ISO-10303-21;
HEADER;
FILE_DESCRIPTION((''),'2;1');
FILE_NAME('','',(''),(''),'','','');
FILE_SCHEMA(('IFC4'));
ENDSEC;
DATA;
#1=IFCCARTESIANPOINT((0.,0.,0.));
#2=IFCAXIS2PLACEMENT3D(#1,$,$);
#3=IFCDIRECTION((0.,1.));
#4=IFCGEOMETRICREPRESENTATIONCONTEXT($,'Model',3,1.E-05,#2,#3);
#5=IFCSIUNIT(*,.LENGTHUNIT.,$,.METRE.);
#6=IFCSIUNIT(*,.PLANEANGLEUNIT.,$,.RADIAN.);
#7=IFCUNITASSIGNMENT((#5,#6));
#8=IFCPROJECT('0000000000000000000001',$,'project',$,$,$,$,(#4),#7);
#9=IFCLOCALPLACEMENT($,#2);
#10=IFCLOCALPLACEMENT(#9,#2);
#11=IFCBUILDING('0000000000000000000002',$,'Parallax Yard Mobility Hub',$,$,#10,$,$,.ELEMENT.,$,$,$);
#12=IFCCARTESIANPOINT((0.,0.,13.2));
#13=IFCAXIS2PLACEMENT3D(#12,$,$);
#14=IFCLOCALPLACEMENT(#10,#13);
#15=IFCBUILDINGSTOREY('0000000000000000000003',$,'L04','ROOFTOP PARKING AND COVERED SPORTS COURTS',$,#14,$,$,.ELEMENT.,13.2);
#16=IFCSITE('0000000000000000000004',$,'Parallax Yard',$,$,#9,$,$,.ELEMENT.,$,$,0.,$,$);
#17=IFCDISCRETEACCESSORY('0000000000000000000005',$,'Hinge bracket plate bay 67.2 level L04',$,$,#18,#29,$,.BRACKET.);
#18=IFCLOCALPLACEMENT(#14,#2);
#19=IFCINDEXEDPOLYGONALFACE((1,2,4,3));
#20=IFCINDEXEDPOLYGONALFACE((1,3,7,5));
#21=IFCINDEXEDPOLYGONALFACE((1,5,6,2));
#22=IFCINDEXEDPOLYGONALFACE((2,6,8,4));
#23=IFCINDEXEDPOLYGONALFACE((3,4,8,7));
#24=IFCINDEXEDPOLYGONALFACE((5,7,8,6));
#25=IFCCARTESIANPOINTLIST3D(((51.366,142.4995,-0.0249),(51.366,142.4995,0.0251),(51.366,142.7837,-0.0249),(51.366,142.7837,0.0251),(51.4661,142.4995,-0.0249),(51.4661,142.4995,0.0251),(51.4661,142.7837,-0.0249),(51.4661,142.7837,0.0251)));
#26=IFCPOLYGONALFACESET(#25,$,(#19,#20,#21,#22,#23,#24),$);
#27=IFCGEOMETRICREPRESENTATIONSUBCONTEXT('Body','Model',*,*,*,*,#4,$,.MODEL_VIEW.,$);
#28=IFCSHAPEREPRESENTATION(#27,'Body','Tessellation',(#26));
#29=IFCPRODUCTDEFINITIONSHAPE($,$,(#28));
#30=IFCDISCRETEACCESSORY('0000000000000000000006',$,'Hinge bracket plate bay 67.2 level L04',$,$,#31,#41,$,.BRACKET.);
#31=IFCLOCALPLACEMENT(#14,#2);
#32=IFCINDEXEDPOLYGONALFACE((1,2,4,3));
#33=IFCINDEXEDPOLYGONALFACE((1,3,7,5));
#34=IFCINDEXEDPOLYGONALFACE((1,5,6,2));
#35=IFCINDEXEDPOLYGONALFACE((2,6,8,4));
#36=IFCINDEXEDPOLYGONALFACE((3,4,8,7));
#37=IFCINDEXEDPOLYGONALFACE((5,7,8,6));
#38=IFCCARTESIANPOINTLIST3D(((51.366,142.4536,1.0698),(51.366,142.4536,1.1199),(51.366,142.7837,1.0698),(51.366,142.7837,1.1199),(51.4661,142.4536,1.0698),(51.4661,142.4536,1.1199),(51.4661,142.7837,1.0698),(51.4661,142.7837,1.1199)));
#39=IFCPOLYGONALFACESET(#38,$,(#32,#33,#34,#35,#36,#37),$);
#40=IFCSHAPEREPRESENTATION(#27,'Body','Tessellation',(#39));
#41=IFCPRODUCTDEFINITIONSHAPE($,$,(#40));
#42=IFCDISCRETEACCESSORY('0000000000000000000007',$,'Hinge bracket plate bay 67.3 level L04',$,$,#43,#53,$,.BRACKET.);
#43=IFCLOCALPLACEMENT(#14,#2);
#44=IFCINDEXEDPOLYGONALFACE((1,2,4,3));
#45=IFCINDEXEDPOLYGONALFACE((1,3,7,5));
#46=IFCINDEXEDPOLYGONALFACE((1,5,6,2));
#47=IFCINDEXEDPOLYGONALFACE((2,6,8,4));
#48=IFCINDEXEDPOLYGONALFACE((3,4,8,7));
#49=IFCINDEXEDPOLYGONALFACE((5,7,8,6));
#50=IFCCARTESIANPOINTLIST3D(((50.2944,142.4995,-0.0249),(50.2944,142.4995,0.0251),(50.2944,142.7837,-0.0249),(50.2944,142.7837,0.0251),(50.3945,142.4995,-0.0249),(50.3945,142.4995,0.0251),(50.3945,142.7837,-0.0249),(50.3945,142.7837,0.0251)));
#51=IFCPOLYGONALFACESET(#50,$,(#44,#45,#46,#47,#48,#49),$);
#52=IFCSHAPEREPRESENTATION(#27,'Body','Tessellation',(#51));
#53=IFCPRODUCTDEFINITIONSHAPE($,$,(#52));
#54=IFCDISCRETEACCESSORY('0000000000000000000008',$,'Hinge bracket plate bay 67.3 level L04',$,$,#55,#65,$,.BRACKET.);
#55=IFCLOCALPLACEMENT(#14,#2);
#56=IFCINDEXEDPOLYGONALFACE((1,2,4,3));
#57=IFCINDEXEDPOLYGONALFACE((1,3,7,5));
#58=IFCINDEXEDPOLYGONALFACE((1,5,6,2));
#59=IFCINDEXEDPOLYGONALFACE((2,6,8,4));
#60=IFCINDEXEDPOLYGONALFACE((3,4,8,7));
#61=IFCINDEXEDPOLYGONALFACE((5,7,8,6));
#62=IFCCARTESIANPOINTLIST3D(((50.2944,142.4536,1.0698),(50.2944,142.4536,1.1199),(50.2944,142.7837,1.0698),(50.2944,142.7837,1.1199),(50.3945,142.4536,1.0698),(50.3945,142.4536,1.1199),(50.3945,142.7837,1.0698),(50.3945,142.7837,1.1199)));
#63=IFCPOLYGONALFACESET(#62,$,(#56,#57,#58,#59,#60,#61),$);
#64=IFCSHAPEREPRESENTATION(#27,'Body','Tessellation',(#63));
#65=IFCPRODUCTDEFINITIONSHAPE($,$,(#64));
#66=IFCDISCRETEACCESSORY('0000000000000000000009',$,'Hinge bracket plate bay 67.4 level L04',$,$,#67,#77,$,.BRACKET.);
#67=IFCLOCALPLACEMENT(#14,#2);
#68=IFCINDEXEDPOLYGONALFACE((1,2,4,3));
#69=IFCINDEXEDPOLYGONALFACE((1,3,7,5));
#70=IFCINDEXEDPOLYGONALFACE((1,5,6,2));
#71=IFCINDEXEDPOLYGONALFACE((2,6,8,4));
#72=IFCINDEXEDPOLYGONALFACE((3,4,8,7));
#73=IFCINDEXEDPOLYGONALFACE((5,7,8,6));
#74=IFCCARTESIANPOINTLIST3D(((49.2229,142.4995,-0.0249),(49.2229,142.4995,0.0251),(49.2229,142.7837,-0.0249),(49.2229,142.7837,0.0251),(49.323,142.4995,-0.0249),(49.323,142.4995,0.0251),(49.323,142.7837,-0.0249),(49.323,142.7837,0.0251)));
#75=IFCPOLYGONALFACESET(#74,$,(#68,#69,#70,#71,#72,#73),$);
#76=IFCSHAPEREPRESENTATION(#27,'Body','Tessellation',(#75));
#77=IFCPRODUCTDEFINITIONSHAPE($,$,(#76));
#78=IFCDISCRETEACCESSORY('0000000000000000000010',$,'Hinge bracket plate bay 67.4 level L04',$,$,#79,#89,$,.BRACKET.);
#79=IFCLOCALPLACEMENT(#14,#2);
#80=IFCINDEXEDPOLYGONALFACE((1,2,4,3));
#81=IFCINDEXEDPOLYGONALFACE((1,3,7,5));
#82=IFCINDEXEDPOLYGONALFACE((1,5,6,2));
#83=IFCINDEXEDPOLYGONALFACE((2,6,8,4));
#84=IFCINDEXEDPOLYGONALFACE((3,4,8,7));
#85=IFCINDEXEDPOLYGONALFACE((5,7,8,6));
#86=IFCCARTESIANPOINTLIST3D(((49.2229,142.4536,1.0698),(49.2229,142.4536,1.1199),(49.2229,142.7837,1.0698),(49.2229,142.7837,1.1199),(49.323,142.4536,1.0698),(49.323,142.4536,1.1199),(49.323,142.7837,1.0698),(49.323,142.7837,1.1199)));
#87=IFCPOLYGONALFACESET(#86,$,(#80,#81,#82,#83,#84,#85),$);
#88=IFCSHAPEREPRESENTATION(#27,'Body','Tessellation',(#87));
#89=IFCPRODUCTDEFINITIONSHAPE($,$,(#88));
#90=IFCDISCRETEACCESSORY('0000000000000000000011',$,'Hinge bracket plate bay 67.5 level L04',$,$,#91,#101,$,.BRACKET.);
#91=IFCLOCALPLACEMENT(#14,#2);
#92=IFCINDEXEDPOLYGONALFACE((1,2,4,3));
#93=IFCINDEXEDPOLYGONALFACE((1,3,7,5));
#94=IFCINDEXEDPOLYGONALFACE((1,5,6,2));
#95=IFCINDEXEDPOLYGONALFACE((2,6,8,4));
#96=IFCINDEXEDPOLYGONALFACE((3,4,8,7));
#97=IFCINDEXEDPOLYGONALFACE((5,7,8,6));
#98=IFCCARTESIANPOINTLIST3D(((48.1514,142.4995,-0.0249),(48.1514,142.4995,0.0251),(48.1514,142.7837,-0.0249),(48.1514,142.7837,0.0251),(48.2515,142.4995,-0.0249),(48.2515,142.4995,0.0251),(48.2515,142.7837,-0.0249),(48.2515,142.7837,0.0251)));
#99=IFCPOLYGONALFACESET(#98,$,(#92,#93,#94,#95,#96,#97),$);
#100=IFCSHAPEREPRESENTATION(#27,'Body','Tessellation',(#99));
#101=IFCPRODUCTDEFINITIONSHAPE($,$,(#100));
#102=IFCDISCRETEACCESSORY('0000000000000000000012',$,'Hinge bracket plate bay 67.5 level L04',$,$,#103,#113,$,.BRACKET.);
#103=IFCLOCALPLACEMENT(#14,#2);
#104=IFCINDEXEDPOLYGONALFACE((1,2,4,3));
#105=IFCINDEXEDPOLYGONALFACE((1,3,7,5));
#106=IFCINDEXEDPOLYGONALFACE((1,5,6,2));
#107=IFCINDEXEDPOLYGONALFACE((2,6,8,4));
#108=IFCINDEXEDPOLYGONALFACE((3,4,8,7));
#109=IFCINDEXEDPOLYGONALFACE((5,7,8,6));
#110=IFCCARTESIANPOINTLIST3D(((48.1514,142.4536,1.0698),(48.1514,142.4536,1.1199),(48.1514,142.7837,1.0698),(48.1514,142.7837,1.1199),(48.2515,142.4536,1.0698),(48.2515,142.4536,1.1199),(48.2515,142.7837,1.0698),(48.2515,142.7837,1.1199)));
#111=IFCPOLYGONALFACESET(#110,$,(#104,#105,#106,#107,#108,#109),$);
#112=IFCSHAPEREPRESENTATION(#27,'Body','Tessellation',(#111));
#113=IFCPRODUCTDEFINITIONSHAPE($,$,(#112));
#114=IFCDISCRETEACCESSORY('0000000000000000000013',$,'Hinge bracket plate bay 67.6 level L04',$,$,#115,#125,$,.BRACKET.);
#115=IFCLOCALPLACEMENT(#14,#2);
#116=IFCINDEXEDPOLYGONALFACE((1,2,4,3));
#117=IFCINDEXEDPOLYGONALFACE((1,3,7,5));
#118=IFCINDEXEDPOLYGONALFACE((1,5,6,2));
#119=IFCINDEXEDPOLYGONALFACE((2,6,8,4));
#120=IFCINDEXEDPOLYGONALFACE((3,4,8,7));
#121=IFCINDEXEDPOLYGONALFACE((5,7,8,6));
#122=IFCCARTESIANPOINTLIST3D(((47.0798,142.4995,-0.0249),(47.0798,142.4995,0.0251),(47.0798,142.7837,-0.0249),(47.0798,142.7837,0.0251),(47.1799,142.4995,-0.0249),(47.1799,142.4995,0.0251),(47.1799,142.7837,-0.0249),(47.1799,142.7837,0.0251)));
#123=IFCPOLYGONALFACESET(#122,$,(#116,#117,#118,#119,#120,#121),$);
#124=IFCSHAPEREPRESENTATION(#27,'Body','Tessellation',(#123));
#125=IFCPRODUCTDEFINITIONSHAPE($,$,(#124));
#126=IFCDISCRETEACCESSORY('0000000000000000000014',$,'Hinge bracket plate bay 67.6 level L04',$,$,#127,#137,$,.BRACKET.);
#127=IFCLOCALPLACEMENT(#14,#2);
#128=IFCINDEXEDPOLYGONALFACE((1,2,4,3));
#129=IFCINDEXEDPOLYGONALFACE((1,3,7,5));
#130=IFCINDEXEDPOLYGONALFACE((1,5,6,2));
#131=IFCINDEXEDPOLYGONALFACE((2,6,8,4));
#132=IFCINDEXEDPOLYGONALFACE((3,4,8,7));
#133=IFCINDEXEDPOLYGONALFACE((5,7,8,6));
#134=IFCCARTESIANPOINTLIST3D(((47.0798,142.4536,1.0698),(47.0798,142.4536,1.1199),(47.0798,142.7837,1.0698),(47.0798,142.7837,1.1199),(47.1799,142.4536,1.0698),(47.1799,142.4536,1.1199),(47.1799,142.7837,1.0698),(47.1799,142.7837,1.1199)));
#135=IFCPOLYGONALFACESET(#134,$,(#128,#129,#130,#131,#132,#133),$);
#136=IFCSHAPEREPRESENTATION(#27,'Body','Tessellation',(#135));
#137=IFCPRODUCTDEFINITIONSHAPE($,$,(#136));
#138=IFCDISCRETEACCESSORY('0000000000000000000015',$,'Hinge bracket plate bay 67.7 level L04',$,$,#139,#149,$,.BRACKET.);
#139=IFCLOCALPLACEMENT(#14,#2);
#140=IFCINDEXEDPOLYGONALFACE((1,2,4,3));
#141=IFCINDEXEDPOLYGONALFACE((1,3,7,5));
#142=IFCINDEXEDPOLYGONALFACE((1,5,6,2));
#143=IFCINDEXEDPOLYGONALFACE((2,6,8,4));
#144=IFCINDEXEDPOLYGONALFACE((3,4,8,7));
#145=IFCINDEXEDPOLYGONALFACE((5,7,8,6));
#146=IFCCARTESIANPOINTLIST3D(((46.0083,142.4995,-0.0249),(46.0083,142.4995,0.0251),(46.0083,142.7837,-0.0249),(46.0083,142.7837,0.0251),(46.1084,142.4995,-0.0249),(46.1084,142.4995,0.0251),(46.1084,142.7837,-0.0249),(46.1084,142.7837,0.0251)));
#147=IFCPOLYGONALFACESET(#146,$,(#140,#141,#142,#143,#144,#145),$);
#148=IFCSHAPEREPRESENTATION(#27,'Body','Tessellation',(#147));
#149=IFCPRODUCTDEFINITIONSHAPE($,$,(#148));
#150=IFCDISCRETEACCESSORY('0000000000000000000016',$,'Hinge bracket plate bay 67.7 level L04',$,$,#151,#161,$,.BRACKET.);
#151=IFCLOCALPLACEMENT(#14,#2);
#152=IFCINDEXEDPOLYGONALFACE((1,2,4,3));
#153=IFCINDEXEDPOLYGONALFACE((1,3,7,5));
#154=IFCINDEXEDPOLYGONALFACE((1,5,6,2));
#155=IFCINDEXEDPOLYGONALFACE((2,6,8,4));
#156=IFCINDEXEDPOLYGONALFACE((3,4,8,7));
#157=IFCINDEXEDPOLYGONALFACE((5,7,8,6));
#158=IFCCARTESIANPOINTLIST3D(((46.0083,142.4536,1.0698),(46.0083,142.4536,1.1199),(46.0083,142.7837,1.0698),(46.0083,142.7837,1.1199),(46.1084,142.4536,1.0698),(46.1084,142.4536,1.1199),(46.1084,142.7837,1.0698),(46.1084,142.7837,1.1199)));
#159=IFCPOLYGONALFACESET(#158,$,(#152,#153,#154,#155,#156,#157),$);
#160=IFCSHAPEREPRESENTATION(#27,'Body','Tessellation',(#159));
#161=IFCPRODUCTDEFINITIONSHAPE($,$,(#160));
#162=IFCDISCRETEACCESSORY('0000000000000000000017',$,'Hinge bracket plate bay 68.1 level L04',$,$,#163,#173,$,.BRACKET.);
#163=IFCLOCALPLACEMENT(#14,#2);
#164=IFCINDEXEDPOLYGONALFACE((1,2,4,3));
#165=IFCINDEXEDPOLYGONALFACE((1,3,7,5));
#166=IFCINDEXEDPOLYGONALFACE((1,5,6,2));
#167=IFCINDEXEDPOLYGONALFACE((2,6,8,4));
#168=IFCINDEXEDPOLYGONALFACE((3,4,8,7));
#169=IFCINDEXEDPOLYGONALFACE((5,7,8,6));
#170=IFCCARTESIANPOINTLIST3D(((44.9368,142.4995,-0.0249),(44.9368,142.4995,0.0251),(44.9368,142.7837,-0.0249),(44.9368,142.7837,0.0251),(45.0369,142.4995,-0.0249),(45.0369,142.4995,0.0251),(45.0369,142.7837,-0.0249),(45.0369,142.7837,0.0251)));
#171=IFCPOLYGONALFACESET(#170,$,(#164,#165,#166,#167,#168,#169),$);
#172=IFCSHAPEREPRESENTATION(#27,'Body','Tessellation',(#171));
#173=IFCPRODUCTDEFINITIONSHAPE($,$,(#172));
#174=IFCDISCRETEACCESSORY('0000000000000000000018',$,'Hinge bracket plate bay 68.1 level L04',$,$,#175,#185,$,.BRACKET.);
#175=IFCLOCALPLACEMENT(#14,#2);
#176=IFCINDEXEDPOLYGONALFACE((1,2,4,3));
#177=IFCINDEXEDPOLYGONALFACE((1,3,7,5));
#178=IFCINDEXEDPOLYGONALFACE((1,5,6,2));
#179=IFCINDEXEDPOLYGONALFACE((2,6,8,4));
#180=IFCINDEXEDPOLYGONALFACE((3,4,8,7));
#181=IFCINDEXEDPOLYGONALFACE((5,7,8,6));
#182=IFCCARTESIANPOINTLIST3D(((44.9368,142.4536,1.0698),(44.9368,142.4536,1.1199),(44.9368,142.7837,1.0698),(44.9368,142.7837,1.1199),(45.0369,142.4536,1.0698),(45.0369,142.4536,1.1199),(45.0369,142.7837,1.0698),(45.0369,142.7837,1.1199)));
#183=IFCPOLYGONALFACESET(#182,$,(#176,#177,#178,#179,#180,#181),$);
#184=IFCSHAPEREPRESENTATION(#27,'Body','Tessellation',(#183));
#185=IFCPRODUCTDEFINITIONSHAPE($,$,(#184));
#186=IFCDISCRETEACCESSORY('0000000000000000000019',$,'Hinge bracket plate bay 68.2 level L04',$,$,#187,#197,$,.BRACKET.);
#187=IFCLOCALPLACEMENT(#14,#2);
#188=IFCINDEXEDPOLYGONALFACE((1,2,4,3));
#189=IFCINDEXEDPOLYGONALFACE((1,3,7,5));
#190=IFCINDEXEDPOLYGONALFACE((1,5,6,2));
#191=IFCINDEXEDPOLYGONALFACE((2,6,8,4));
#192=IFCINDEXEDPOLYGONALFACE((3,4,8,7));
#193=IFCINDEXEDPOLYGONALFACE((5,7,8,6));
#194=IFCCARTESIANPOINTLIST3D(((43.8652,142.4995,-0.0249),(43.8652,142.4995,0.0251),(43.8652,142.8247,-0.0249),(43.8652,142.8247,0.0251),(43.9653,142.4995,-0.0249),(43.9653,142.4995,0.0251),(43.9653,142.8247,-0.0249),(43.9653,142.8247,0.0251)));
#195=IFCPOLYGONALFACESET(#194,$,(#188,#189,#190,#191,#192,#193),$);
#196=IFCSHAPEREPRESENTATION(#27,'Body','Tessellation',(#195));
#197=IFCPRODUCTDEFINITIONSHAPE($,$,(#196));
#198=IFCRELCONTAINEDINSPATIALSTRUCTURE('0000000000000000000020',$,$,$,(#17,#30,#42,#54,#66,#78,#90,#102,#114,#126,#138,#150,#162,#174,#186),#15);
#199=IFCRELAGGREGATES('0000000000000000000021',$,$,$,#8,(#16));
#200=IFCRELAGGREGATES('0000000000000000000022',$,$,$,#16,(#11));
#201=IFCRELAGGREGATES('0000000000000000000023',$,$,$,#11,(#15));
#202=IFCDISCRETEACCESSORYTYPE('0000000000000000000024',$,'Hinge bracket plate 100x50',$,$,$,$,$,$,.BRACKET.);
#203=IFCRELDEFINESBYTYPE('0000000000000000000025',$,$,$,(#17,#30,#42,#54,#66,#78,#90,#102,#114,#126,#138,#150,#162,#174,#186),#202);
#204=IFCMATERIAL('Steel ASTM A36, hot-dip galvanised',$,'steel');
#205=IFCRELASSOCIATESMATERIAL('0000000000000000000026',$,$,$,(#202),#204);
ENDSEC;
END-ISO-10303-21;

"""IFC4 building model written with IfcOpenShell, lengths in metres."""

from ifc_helpers import new_model, si_unit, direction, frame, origin, origin_2d, place, context, subcontext, project, spatial, rectangle, extrude, material, type_object, element, save


model = new_model("IFC4")

# Units and contexts
model_context = context("Model", 3, precision=1e-05, world=origin(), true_north=direction((0.0, 1.0)))
body_context = subcontext(model_context, "Body", "Model", "MODEL_VIEW")
ifc_project = project(units=[si_unit("LENGTHUNIT", "METRE"), si_unit("PLANEANGLEUNIT", "RADIAN")], contexts=[model_context])

# Site, building, storey
site_placement = place(None, origin())
site = spatial("IfcSite", under=ifc_project, at=site_placement, Name="Parallax Yard", CompositionType="ELEMENT", RefElevation=0.0)
building_placement = place(site_placement, origin())
building = spatial("IfcBuilding", under=site, at=building_placement, Name="Parallax Yard Mobility Hub", CompositionType="ELEMENT")
storey_placement = place(building_placement, frame((0.0, 0.0, 13.2)))
storey = spatial("IfcBuildingStorey", under=building, at=storey_placement, Name="L04", Description="ROOFTOP PARKING AND COVERED SPORTS COURTS", CompositionType="ELEMENT", Elevation=13.2)

# Discrete accessories
ifc_material_1 = material(Name="Steel ASTM A36, hot-dip galvanised", Category="steel")
discrete_accessory_type_1 = type_object("IfcDiscreteAccessoryType", Name="Hinge bracket plate 100x50", PredefinedType="BRACKET", material=ifc_material_1)
discrete_accessory_1_placement = place(storey_placement, frame((51.416, 142.6416, -0.0249), z_axis=(0.0, 0.0, 1.0), x_axis=(0.0, 1.0, 0.0)))
element("IfcDiscreteAccessory", 1, at=discrete_accessory_1_placement, inside=storey, type_object=discrete_accessory_type_1, Name="Hinge bracket plate bay 67.2 level L04", PredefinedType="BRACKET", context=body_context, shape_type="SweptSolid", body=[
    extrude(rectangle(XDim=0.2842, YDim=0.1001, at=origin_2d()), origin(), (0.0, 0.0, 1.0), 0.05),
])
discrete_accessory_2_placement = place(storey_placement, frame((51.416, 142.6187, 1.0698), z_axis=(0.0, 0.0, 1.0), x_axis=(0.0, 1.0, 0.0)))
element("IfcDiscreteAccessory", 2, at=discrete_accessory_2_placement, inside=storey, type_object=discrete_accessory_type_1, Name="Hinge bracket plate bay 67.2 level L04", PredefinedType="BRACKET", context=body_context, shape_type="SweptSolid", body=[
    extrude(rectangle(XDim=0.3301, YDim=0.1001, at=origin_2d()), origin(), (0.0, 0.0, 1.0), 0.05),
])
discrete_accessory_3_placement = place(storey_placement, frame((50.3445, 142.6416, -0.0249), z_axis=(0.0, 0.0, 1.0), x_axis=(0.0, 1.0, 0.0)))
element("IfcDiscreteAccessory", 3, at=discrete_accessory_3_placement, inside=storey, type_object=discrete_accessory_type_1, Name="Hinge bracket plate bay 67.3 level L04", PredefinedType="BRACKET", context=body_context, shape_type="SweptSolid", body=[
    extrude(rectangle(XDim=0.2842, YDim=0.1001, at=origin_2d()), origin(), (0.0, 0.0, 1.0), 0.05),
])
discrete_accessory_4_placement = place(storey_placement, frame((50.3445, 142.6187, 1.0698), z_axis=(0.0, 0.0, 1.0), x_axis=(0.0, 1.0, 0.0)))
element("IfcDiscreteAccessory", 4, at=discrete_accessory_4_placement, inside=storey, type_object=discrete_accessory_type_1, Name="Hinge bracket plate bay 67.3 level L04", PredefinedType="BRACKET", context=body_context, shape_type="SweptSolid", body=[
    extrude(rectangle(XDim=0.3301, YDim=0.1001, at=origin_2d()), origin(), (0.0, 0.0, 1.0), 0.05),
])
discrete_accessory_5_placement = place(storey_placement, frame((49.2729, 142.6416, -0.0249), z_axis=(0.0, 0.0, 1.0), x_axis=(0.0, 1.0, 0.0)))
element("IfcDiscreteAccessory", 5, at=discrete_accessory_5_placement, inside=storey, type_object=discrete_accessory_type_1, Name="Hinge bracket plate bay 67.4 level L04", PredefinedType="BRACKET", context=body_context, shape_type="SweptSolid", body=[
    extrude(rectangle(XDim=0.2842, YDim=0.1001, at=origin_2d()), origin(), (0.0, 0.0, 1.0), 0.05),
])
discrete_accessory_6_placement = place(storey_placement, frame((49.2729, 142.6187, 1.0698), z_axis=(0.0, 0.0, 1.0), x_axis=(0.0, 1.0, 0.0)))
element("IfcDiscreteAccessory", 6, at=discrete_accessory_6_placement, inside=storey, type_object=discrete_accessory_type_1, Name="Hinge bracket plate bay 67.4 level L04", PredefinedType="BRACKET", context=body_context, shape_type="SweptSolid", body=[
    extrude(rectangle(XDim=0.3301, YDim=0.1001, at=origin_2d()), origin(), (0.0, 0.0, 1.0), 0.05),
])
discrete_accessory_7_placement = place(storey_placement, frame((48.2014, 142.6416, -0.0249), z_axis=(0.0, 0.0, 1.0), x_axis=(0.0, 1.0, 0.0)))
element("IfcDiscreteAccessory", 7, at=discrete_accessory_7_placement, inside=storey, type_object=discrete_accessory_type_1, Name="Hinge bracket plate bay 67.5 level L04", PredefinedType="BRACKET", context=body_context, shape_type="SweptSolid", body=[
    extrude(rectangle(XDim=0.2842, YDim=0.1001, at=origin_2d()), origin(), (0.0, 0.0, 1.0), 0.05),
])
discrete_accessory_8_placement = place(storey_placement, frame((48.2014, 142.6187, 1.0698), z_axis=(0.0, 0.0, 1.0), x_axis=(0.0, 1.0, 0.0)))
element("IfcDiscreteAccessory", 8, at=discrete_accessory_8_placement, inside=storey, type_object=discrete_accessory_type_1, Name="Hinge bracket plate bay 67.5 level L04", PredefinedType="BRACKET", context=body_context, shape_type="SweptSolid", body=[
    extrude(rectangle(XDim=0.3301, YDim=0.1001, at=origin_2d()), origin(), (0.0, 0.0, 1.0), 0.05),
])
discrete_accessory_9_placement = place(storey_placement, frame((47.1299, 142.6416, -0.0249), z_axis=(0.0, 0.0, 1.0), x_axis=(0.0, 1.0, 0.0)))
element("IfcDiscreteAccessory", 9, at=discrete_accessory_9_placement, inside=storey, type_object=discrete_accessory_type_1, Name="Hinge bracket plate bay 67.6 level L04", PredefinedType="BRACKET", context=body_context, shape_type="SweptSolid", body=[
    extrude(rectangle(XDim=0.2842, YDim=0.1001, at=origin_2d()), origin(), (0.0, 0.0, 1.0), 0.05),
])
discrete_accessory_10_placement = place(storey_placement, frame((47.1299, 142.6187, 1.0698), z_axis=(0.0, 0.0, 1.0), x_axis=(0.0, 1.0, 0.0)))
element("IfcDiscreteAccessory", 10, at=discrete_accessory_10_placement, inside=storey, type_object=discrete_accessory_type_1, Name="Hinge bracket plate bay 67.6 level L04", PredefinedType="BRACKET", context=body_context, shape_type="SweptSolid", body=[
    extrude(rectangle(XDim=0.3301, YDim=0.1001, at=origin_2d()), origin(), (0.0, 0.0, 1.0), 0.05),
])
discrete_accessory_11_placement = place(storey_placement, frame((46.0583, 142.6416, -0.0249), z_axis=(0.0, 0.0, 1.0), x_axis=(0.0, 1.0, 0.0)))
element("IfcDiscreteAccessory", 11, at=discrete_accessory_11_placement, inside=storey, type_object=discrete_accessory_type_1, Name="Hinge bracket plate bay 67.7 level L04", PredefinedType="BRACKET", context=body_context, shape_type="SweptSolid", body=[
    extrude(rectangle(XDim=0.2842, YDim=0.1001, at=origin_2d()), origin(), (0.0, 0.0, 1.0), 0.05),
])
discrete_accessory_12_placement = place(storey_placement, frame((46.0583, 142.6187, 1.0698), z_axis=(0.0, 0.0, 1.0), x_axis=(0.0, 1.0, 0.0)))
element("IfcDiscreteAccessory", 12, at=discrete_accessory_12_placement, inside=storey, type_object=discrete_accessory_type_1, Name="Hinge bracket plate bay 67.7 level L04", PredefinedType="BRACKET", context=body_context, shape_type="SweptSolid", body=[
    extrude(rectangle(XDim=0.3301, YDim=0.1001, at=origin_2d()), origin(), (0.0, 0.0, 1.0), 0.05),
])
discrete_accessory_13_placement = place(storey_placement, frame((44.9868, 142.6416, -0.0249), z_axis=(0.0, 0.0, 1.0), x_axis=(0.0, 1.0, 0.0)))
element("IfcDiscreteAccessory", 13, at=discrete_accessory_13_placement, inside=storey, type_object=discrete_accessory_type_1, Name="Hinge bracket plate bay 68.1 level L04", PredefinedType="BRACKET", context=body_context, shape_type="SweptSolid", body=[
    extrude(rectangle(XDim=0.2842, YDim=0.1001, at=origin_2d()), origin(), (0.0, 0.0, 1.0), 0.05),
])
discrete_accessory_14_placement = place(storey_placement, frame((44.9868, 142.6187, 1.0698), z_axis=(0.0, 0.0, 1.0), x_axis=(0.0, 1.0, 0.0)))
element("IfcDiscreteAccessory", 14, at=discrete_accessory_14_placement, inside=storey, type_object=discrete_accessory_type_1, Name="Hinge bracket plate bay 68.1 level L04", PredefinedType="BRACKET", context=body_context, shape_type="SweptSolid", body=[
    extrude(rectangle(XDim=0.3301, YDim=0.1001, at=origin_2d()), origin(), (0.0, 0.0, 1.0), 0.05),
])
discrete_accessory_15_placement = place(storey_placement, frame((43.9153, 142.6621, -0.0249), z_axis=(0.0, 0.0, 1.0), x_axis=(0.0, 1.0, 0.0)))
element("IfcDiscreteAccessory", 15, at=discrete_accessory_15_placement, inside=storey, type_object=discrete_accessory_type_1, Name="Hinge bracket plate bay 68.2 level L04", PredefinedType="BRACKET", context=body_context, shape_type="SweptSolid", body=[
    extrude(rectangle(XDim=0.3252, YDim=0.1001, at=origin_2d()), origin(), (0.0, 0.0, 1.0), 0.05),
])

save(model, "model.ifc")
